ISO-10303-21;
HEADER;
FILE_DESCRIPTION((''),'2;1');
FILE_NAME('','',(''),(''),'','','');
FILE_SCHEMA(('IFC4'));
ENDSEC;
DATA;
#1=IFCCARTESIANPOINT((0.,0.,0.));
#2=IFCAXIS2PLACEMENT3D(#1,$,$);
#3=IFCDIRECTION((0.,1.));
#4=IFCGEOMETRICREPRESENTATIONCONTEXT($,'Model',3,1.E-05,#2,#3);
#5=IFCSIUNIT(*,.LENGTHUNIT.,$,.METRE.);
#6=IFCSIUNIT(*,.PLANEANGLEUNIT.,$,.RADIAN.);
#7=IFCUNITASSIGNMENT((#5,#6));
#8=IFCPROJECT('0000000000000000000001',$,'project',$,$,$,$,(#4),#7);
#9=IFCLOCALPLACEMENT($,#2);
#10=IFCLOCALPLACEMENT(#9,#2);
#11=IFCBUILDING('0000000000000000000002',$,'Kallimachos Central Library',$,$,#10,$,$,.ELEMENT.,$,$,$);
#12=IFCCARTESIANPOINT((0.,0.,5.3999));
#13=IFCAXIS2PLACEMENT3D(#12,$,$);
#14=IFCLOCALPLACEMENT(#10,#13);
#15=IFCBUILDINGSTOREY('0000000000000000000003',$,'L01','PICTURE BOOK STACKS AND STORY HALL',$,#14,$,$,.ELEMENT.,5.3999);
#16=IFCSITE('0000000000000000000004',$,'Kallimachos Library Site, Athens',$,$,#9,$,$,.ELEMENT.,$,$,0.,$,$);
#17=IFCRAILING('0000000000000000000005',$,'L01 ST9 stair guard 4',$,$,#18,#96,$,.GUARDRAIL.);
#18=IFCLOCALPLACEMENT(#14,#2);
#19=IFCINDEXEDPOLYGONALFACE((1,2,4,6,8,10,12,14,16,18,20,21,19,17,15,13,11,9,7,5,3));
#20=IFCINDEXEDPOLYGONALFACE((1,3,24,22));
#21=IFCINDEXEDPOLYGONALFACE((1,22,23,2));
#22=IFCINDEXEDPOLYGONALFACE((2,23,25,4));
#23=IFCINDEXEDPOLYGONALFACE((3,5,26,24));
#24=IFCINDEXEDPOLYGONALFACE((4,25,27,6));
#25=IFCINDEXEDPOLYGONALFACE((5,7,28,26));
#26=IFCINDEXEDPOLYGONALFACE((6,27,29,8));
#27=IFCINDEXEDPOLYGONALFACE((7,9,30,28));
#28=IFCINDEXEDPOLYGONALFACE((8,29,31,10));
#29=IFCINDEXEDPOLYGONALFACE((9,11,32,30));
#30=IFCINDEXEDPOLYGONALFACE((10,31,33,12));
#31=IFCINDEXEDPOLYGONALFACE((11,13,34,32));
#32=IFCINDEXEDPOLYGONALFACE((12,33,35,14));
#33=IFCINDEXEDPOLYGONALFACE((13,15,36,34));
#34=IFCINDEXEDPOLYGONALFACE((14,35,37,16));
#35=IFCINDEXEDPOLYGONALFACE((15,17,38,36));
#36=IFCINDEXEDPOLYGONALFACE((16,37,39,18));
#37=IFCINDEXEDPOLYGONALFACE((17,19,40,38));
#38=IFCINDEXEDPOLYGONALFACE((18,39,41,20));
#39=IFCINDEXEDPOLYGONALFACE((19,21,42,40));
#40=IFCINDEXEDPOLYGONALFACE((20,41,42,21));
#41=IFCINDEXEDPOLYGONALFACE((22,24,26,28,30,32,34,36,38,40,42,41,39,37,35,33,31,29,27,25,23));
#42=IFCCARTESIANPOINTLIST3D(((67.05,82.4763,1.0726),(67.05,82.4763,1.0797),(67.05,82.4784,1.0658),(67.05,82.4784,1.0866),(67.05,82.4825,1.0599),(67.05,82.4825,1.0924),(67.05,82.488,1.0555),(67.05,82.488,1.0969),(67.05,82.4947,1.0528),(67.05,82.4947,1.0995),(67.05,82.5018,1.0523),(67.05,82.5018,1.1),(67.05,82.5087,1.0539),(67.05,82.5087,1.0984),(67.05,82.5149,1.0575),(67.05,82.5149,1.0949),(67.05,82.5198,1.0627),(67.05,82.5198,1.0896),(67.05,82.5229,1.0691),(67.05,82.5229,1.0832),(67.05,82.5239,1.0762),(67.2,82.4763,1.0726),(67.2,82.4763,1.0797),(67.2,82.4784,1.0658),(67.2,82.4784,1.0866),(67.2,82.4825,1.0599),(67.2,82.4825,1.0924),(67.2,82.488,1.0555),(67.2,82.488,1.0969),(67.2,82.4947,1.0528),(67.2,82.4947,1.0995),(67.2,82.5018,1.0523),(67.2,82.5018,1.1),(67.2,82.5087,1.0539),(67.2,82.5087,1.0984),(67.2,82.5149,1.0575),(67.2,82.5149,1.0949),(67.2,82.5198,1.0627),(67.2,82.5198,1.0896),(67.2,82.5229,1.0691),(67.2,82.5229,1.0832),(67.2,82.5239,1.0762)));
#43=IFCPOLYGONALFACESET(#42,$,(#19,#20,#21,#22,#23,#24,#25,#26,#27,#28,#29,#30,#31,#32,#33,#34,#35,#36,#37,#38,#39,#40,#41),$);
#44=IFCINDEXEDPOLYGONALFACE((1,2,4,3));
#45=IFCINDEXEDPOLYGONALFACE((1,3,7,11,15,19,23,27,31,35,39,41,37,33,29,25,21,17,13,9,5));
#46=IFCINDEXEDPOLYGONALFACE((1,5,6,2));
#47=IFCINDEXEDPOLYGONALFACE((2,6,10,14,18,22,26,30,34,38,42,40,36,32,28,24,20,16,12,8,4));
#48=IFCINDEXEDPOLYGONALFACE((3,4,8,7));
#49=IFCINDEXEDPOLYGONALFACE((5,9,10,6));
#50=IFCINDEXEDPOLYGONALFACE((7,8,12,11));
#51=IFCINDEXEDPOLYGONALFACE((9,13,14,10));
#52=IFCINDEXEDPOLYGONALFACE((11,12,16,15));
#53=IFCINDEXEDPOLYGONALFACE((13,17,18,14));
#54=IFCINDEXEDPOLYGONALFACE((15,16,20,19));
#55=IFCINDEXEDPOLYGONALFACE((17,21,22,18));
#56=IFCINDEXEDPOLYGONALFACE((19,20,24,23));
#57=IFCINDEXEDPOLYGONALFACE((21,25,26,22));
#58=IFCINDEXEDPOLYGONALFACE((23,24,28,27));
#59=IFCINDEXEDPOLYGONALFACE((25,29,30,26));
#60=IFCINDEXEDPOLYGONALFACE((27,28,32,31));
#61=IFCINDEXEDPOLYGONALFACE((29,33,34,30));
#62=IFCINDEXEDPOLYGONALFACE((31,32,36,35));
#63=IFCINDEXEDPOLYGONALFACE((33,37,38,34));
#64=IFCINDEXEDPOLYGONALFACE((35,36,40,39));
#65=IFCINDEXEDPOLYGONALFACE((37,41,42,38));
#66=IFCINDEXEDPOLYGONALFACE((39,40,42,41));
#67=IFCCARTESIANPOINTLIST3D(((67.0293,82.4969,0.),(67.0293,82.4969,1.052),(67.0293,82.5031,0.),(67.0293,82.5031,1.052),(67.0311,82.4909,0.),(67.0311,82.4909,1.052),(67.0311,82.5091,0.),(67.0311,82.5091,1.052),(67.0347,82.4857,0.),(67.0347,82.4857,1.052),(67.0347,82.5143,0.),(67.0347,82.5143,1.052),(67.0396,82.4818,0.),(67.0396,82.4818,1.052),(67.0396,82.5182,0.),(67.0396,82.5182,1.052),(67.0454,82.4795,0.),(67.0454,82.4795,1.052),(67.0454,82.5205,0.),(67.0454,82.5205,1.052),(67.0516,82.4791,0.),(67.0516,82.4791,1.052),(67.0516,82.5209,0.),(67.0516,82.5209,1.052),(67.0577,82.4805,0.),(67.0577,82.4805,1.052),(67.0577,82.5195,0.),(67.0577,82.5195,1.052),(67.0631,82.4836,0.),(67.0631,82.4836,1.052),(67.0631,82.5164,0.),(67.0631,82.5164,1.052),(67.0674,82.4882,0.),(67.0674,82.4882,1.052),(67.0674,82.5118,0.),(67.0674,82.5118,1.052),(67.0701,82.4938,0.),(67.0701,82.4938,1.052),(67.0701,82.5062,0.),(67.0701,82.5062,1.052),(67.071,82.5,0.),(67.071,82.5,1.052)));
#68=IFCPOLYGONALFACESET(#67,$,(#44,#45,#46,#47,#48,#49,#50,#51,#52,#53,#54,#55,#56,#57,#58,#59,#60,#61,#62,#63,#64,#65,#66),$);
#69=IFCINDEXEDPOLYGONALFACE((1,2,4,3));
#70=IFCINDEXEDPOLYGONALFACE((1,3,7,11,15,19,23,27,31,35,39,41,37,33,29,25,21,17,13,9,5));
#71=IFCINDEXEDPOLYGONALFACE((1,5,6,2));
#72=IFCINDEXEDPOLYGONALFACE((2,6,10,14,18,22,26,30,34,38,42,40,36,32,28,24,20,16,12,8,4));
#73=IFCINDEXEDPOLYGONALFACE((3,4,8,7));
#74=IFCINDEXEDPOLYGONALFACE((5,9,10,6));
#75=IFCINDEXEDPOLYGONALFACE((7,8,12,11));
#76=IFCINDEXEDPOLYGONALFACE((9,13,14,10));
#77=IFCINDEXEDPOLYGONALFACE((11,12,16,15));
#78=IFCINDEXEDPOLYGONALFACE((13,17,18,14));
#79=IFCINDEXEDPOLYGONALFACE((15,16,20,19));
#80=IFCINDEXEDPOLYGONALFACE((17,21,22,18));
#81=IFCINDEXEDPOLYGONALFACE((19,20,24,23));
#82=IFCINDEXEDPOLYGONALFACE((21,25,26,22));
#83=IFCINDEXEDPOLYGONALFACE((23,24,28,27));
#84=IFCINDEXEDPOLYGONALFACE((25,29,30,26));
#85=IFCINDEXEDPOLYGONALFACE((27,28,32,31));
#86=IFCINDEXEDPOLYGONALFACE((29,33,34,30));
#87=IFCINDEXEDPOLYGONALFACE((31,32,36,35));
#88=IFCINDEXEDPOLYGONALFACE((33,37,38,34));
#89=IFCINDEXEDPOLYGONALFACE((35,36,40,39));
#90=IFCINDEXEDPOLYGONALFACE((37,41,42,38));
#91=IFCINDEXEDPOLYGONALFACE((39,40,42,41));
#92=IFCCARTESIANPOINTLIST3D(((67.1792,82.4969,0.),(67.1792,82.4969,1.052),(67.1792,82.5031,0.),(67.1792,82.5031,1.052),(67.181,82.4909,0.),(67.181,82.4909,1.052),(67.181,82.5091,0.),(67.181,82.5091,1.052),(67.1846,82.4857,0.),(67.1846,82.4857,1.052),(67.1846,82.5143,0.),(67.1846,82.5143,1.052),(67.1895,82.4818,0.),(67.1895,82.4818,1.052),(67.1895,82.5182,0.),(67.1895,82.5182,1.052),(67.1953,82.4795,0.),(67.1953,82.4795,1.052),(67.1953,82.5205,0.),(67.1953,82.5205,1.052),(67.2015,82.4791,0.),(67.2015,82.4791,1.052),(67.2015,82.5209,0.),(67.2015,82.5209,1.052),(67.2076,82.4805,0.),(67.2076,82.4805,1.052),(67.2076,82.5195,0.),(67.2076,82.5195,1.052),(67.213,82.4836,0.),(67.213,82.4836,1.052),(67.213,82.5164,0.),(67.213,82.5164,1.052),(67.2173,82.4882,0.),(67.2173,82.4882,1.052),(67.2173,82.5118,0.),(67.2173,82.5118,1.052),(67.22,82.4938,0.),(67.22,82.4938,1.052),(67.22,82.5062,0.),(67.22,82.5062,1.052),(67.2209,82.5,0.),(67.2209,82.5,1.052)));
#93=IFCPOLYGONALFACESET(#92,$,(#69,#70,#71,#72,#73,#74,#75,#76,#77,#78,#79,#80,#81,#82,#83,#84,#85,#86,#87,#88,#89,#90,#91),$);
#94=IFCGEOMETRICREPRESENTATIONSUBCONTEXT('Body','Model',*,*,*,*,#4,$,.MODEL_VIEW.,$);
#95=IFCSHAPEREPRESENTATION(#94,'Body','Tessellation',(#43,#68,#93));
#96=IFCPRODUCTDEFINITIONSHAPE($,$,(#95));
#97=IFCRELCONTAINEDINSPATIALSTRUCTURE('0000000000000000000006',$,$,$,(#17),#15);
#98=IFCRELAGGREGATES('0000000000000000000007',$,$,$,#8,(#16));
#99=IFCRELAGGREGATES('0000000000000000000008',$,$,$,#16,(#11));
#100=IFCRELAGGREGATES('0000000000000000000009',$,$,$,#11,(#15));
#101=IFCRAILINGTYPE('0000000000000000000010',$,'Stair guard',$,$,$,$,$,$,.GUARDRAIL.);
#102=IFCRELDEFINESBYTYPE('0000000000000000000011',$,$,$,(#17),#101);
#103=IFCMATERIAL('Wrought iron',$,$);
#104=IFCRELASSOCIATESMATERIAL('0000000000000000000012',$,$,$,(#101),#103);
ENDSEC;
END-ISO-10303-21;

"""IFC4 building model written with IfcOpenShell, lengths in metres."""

from ifc_helpers import new_model, si_unit, direction, frame, origin, origin_2d, place, context, subcontext, project, spatial, circle, extrude, material, type_object, element, save


model = new_model("IFC4")

# Units and contexts
model_context = context("Model", 3, precision=1e-05, world=origin(), true_north=direction((0.0, 1.0)))
body_context = subcontext(model_context, "Body", "Model", "MODEL_VIEW")
ifc_project = project(units=[si_unit("LENGTHUNIT", "METRE"), si_unit("PLANEANGLEUNIT", "RADIAN")], contexts=[model_context])

# Site, building, storey
site_placement = place(None, origin())
site = spatial("IfcSite", under=ifc_project, at=site_placement, Name="Kallimachos Library Site, Athens", CompositionType="ELEMENT", RefElevation=0.0)
building_placement = place(site_placement, origin())
building = spatial("IfcBuilding", under=site, at=building_placement, Name="Kallimachos Central Library", CompositionType="ELEMENT")
storey_placement = place(building_placement, frame((0.0, 0.0, 5.3999)))
storey = spatial("IfcBuildingStorey", under=building, at=storey_placement, Name="L01", Description="PICTURE BOOK STACKS AND STORY HALL", CompositionType="ELEMENT", Elevation=5.3999)

# Railing
ifc_material_1 = material(Name="Wrought iron")
railing_type_1 = type_object("IfcRailingType", Name="Stair guard", PredefinedType="GUARDRAIL", material=ifc_material_1)
railing_1_placement = place(storey_placement, frame((67.05, 82.5, 0.0)))
element("IfcRailing", 1, at=railing_1_placement, inside=storey, type_object=railing_type_1, Name="L01 ST9 stair guard 4", PredefinedType="GUARDRAIL", context=body_context, shape_type="SweptSolid", body=[
    extrude(circle(Radius=0.0239, at=origin_2d()), frame((0.0, 0.0, 1.0762), z_axis=(1.0, 0.0, 0.0), x_axis=(0.0, 1.0, 0.0)), (0.0, 0.0, 1.0), 0.1499),
    extrude(circle(Radius=0.021, at=origin_2d()), origin(), (0.0, 0.0, 1.0), 1.052),
    extrude(circle(Radius=0.021, at=origin_2d()), frame((0.1499, 0.0, 0.0)), (0.0, 0.0, 1.0), 1.052),
])

save(model, "model.ifc")
